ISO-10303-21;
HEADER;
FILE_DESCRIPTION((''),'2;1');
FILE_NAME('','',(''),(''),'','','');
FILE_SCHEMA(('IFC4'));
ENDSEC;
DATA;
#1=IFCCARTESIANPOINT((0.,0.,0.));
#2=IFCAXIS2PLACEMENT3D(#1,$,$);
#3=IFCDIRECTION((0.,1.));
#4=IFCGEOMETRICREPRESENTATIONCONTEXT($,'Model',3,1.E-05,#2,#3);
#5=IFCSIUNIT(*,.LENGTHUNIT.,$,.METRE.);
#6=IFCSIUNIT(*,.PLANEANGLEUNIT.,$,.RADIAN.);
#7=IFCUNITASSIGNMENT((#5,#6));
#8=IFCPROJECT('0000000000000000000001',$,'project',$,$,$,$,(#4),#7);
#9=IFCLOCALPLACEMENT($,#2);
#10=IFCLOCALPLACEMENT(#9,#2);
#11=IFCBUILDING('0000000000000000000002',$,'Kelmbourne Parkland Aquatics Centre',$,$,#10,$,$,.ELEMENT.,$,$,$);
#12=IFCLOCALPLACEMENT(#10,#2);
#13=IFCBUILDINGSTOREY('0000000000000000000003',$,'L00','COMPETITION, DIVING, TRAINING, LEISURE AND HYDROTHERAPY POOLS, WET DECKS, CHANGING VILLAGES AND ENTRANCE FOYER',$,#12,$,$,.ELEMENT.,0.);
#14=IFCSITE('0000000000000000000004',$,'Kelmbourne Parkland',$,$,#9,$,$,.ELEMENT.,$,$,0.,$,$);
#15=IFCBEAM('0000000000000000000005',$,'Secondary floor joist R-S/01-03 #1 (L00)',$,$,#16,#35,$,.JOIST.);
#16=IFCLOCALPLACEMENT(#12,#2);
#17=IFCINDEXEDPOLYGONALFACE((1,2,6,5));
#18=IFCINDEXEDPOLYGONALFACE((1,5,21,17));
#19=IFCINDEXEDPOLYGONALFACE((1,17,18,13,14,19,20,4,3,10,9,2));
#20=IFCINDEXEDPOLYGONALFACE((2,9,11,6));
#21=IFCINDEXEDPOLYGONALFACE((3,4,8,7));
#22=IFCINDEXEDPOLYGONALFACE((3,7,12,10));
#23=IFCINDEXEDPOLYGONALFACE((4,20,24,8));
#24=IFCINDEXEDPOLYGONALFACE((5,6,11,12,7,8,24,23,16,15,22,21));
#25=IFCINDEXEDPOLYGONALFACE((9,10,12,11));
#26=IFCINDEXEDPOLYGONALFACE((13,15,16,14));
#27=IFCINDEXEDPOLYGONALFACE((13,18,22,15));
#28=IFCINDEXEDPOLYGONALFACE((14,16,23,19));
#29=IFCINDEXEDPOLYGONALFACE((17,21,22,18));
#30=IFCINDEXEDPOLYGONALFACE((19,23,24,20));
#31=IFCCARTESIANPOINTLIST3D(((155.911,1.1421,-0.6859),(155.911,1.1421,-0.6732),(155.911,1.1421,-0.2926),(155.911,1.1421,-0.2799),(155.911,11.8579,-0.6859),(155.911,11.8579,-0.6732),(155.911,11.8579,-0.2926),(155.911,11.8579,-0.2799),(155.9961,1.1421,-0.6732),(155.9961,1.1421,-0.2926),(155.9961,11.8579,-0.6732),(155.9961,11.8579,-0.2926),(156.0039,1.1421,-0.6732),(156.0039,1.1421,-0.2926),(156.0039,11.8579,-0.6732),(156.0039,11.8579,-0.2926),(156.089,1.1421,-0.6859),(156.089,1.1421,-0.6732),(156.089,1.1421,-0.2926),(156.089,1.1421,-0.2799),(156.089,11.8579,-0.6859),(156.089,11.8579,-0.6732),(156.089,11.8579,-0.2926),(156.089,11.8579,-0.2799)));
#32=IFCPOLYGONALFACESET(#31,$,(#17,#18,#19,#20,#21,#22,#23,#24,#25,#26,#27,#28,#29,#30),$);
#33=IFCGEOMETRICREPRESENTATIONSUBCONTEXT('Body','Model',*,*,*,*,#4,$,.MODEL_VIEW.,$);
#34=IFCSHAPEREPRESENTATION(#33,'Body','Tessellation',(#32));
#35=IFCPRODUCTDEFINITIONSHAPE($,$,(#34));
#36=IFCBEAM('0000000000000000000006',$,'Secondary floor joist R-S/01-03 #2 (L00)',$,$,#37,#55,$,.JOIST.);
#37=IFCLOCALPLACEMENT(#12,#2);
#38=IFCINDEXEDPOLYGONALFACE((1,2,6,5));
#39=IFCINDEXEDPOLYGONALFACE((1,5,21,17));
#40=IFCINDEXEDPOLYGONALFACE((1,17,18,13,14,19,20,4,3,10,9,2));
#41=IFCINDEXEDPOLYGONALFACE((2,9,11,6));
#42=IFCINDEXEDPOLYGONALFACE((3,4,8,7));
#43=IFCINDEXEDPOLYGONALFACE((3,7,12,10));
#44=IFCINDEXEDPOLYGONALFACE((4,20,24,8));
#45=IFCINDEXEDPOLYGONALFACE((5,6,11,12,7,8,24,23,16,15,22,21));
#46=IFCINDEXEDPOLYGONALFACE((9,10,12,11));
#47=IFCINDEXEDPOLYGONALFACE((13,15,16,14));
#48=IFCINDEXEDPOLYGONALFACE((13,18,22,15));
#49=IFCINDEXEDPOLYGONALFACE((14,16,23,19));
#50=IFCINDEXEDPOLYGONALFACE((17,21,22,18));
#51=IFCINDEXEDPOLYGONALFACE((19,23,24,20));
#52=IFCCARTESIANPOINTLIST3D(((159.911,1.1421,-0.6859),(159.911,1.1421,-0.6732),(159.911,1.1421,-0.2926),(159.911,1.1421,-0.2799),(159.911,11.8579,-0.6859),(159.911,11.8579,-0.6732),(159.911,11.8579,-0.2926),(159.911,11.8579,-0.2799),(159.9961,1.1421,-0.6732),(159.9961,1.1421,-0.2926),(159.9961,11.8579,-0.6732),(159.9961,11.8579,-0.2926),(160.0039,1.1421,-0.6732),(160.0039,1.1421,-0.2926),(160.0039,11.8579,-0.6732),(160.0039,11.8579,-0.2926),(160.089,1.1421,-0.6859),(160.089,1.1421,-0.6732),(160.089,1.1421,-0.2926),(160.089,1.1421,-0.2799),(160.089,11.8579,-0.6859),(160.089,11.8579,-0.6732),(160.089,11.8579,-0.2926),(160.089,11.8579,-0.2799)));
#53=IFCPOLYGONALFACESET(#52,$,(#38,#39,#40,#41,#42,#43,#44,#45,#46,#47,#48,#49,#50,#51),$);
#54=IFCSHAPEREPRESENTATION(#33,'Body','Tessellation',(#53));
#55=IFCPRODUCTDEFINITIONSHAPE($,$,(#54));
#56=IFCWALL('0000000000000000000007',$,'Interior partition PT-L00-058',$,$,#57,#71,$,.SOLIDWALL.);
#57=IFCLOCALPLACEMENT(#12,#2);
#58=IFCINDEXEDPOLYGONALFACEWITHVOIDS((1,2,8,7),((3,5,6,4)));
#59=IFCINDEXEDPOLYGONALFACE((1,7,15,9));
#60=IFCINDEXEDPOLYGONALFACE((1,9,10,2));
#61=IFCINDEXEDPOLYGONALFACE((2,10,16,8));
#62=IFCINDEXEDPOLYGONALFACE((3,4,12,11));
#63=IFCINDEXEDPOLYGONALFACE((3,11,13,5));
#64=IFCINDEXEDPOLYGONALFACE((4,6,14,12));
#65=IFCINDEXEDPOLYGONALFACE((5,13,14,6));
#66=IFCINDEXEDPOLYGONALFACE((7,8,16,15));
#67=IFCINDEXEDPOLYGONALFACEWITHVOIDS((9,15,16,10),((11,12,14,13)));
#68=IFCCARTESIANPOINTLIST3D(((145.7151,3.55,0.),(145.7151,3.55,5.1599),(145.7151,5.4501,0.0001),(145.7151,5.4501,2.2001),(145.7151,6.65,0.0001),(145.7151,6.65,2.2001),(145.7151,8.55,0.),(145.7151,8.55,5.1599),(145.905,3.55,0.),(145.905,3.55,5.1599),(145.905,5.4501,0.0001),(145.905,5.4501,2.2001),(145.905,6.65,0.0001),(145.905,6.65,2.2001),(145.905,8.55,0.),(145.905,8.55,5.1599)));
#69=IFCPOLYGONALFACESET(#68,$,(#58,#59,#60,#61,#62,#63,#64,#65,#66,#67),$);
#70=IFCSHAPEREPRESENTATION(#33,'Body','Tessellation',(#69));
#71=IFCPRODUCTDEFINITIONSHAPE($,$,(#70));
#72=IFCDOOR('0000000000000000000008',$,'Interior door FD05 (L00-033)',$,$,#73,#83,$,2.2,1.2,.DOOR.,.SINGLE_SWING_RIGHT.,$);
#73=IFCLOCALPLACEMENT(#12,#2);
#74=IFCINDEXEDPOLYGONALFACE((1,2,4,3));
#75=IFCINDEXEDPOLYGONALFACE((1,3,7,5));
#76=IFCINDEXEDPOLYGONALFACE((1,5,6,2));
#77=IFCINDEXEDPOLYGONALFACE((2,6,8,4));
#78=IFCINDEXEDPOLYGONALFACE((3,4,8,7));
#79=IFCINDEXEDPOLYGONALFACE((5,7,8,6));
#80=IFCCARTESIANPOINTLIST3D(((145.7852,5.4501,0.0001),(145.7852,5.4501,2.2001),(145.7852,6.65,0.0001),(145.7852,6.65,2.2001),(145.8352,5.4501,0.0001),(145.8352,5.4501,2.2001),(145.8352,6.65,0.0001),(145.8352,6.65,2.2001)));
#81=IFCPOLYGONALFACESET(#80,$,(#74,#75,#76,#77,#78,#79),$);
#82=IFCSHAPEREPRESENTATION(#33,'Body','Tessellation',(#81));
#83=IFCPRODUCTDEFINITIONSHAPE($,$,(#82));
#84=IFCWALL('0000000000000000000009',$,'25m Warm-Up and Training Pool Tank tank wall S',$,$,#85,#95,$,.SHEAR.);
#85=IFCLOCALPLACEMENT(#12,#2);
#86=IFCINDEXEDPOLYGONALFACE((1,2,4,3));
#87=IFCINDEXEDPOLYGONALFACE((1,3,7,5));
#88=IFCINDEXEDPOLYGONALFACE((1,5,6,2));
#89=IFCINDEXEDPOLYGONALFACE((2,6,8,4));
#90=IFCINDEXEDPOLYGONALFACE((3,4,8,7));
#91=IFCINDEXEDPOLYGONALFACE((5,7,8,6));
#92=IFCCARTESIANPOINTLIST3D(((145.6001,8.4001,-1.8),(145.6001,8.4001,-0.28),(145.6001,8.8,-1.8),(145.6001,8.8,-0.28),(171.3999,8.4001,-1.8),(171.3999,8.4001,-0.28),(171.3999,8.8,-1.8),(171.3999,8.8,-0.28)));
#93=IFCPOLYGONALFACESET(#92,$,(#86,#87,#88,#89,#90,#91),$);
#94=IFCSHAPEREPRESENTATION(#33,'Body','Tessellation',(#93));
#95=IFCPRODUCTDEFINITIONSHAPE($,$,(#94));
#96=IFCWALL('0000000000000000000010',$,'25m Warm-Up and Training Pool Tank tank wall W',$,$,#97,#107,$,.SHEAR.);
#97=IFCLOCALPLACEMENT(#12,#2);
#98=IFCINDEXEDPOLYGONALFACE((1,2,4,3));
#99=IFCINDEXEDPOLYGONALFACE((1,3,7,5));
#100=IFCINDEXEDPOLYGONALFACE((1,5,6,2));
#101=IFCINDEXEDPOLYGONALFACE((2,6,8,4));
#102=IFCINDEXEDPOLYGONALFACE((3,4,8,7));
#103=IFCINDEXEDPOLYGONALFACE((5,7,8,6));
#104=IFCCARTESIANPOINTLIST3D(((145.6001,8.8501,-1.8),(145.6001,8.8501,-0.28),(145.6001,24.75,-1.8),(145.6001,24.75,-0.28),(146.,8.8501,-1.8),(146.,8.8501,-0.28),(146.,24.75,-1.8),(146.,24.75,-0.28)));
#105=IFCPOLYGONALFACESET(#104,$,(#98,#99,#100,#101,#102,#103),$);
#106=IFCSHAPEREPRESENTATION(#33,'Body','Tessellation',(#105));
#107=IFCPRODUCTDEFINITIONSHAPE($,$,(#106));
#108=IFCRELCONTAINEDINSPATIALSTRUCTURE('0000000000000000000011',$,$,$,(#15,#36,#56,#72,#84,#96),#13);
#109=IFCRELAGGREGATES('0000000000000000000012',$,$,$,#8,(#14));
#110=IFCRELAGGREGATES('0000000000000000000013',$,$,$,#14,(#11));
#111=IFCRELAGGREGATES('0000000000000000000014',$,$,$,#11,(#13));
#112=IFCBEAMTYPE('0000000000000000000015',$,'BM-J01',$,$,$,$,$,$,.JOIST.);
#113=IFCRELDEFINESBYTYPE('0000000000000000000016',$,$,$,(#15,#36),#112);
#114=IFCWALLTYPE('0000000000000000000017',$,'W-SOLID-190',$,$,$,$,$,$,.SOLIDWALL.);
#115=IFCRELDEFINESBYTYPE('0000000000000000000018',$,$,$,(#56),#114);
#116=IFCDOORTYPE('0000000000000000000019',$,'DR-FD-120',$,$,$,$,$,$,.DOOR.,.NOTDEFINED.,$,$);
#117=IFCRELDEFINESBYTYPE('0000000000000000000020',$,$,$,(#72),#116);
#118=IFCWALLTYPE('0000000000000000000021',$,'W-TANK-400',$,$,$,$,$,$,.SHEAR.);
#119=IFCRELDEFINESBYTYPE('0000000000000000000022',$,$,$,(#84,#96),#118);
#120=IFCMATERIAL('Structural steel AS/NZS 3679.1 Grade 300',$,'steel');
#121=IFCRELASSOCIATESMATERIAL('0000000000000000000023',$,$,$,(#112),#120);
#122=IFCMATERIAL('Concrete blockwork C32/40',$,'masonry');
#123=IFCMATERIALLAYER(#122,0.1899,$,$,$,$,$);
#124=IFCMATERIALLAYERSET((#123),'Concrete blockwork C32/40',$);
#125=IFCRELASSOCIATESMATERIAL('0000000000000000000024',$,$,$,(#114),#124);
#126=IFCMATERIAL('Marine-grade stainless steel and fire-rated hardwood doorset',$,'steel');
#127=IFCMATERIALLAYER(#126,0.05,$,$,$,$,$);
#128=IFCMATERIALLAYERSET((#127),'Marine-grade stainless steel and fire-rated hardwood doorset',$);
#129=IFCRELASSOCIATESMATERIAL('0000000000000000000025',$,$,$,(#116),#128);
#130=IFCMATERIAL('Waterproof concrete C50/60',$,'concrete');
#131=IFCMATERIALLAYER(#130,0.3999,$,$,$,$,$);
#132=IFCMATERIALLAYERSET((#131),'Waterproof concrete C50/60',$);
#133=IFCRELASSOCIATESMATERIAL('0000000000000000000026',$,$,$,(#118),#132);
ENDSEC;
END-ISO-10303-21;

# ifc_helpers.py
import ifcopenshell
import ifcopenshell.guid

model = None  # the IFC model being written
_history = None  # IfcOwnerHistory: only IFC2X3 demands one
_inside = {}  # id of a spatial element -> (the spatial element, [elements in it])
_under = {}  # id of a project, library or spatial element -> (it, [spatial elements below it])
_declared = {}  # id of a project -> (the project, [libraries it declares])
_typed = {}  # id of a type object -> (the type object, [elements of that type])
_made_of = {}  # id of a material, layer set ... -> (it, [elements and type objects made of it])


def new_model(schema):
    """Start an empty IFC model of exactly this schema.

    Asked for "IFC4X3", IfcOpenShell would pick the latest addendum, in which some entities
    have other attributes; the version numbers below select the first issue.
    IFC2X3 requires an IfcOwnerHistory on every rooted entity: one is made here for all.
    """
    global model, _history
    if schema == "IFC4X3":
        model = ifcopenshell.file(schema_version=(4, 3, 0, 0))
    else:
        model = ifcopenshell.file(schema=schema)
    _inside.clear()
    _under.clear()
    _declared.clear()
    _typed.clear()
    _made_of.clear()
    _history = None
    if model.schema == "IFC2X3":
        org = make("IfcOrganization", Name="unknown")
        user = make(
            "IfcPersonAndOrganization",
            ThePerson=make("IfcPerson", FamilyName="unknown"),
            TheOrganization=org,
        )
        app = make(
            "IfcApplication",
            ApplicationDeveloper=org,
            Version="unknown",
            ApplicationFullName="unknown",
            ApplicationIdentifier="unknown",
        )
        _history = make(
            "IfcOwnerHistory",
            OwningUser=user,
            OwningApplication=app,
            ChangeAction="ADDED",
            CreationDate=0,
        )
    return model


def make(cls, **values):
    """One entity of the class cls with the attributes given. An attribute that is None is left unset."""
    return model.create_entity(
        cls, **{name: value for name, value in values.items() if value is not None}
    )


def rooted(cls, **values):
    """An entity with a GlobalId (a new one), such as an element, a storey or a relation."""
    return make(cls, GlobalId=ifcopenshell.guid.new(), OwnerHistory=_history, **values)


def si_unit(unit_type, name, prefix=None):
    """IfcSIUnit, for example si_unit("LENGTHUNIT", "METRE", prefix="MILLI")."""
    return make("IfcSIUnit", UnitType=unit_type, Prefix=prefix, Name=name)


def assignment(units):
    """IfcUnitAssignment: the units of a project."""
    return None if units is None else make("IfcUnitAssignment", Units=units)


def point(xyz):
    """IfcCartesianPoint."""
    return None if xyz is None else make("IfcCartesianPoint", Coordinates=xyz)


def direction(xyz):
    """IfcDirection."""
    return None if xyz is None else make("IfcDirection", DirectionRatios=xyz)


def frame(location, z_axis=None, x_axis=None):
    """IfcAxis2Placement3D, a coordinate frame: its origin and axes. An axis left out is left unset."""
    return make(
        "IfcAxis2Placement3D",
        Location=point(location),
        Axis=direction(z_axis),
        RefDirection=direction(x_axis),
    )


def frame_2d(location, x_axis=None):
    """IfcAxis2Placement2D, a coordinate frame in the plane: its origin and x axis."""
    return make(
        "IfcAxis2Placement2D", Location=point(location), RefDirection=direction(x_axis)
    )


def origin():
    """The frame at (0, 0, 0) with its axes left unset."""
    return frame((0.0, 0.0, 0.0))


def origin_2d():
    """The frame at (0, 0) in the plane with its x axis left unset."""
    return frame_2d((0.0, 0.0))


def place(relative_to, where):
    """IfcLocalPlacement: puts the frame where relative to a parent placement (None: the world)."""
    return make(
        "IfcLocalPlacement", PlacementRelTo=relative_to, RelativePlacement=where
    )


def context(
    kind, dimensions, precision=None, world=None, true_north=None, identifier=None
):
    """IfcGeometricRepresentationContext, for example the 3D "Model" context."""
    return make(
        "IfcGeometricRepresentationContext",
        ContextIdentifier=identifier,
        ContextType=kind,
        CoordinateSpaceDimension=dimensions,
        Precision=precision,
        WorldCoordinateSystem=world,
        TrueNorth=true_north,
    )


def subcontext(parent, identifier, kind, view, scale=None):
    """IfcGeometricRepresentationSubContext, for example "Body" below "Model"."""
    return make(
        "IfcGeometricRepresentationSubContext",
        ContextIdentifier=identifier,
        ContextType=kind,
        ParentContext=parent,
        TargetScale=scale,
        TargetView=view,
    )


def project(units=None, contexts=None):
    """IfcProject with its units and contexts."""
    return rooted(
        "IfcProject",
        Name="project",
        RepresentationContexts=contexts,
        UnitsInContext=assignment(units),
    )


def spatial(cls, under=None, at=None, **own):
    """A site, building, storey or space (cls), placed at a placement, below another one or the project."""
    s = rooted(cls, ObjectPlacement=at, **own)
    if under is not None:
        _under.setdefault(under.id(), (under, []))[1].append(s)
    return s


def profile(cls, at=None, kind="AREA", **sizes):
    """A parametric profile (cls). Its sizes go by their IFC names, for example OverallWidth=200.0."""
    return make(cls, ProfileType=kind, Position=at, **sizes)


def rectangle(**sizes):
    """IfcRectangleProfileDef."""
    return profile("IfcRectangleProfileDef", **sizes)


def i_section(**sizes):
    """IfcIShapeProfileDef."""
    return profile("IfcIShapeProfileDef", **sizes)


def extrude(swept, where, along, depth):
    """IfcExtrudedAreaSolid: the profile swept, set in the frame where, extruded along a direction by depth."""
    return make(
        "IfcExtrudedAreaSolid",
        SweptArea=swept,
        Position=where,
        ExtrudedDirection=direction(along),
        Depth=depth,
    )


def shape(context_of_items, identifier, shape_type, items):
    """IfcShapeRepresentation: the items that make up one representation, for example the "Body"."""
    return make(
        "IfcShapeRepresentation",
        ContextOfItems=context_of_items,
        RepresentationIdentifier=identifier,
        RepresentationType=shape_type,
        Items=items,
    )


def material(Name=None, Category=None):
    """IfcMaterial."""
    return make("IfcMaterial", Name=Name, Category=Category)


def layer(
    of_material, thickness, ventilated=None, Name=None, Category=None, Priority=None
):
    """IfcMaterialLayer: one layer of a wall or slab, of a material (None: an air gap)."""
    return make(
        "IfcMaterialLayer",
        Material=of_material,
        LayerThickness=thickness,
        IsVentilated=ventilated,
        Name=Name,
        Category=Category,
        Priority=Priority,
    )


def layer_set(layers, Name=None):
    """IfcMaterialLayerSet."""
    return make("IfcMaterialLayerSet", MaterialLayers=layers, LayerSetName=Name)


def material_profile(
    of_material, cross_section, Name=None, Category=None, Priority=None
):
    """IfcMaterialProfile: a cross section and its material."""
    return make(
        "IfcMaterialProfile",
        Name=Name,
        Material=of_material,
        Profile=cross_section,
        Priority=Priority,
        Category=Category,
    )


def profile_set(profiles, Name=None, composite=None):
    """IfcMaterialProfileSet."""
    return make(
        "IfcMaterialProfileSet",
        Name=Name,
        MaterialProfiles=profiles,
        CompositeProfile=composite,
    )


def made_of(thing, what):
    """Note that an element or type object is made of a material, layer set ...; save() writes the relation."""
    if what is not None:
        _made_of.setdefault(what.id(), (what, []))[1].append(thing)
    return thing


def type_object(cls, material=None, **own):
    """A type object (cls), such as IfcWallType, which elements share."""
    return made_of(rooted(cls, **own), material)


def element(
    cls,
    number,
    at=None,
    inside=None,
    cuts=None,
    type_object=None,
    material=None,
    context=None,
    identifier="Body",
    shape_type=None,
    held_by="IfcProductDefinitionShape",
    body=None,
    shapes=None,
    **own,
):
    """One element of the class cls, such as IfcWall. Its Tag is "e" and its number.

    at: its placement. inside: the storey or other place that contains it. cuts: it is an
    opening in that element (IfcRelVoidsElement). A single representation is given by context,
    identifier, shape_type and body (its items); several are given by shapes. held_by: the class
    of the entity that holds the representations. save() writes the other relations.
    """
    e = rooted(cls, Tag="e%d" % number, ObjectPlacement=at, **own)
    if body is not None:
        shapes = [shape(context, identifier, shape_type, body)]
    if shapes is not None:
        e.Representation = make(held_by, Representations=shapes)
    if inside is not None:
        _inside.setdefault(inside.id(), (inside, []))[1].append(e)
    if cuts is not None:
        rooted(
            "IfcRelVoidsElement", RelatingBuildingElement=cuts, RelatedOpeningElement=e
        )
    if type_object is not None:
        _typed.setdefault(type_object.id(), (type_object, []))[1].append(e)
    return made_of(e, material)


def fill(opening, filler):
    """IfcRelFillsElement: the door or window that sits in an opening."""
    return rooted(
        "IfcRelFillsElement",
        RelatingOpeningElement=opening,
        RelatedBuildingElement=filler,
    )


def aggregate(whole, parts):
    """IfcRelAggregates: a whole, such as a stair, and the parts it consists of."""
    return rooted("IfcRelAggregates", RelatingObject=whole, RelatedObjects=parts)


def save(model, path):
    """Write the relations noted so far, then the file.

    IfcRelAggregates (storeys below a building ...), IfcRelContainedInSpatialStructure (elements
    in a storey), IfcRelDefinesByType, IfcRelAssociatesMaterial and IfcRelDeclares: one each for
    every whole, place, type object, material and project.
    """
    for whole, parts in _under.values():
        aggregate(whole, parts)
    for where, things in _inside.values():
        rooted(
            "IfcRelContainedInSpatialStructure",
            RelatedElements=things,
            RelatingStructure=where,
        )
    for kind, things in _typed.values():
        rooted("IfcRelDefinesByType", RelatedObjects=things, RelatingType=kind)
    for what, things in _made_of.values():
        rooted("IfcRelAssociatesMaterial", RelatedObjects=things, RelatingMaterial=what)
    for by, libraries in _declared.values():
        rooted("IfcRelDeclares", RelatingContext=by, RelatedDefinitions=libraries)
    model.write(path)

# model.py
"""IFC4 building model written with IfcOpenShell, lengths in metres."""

from ifc_helpers import new_model, si_unit, direction, frame, frame_2d, origin, origin_2d, place, context, subcontext, project, spatial, rectangle, i_section, extrude, material, layer, layer_set, material_profile, profile_set, type_object, element, fill, save


model = new_model("IFC4")

# Units and contexts
model_context = context("Model", 3, precision=1e-05, world=origin(), true_north=direction((0.0, 1.0)))
body_context = subcontext(model_context, "Body", "Model", "MODEL_VIEW")
ifc_project = project(units=[si_unit("LENGTHUNIT", "METRE"), si_unit("PLANEANGLEUNIT", "RADIAN")], contexts=[model_context])

# Site, building, storey
site_placement = place(None, origin())
site = spatial("IfcSite", under=ifc_project, at=site_placement, Name="Kelmbourne Parkland", CompositionType="ELEMENT", RefElevation=0.0)
building_placement = place(site_placement, origin())
building = spatial("IfcBuilding", under=site, at=building_placement, Name="Kelmbourne Parkland Aquatics Centre", CompositionType="ELEMENT")
storey_placement = place(building_placement, origin())
storey = spatial("IfcBuildingStorey", under=building, at=storey_placement, Name="L00", Description="COMPETITION, DIVING, TRAINING, LEISURE AND HYDROTHERAPY POOLS, WET DECKS, CHANGING VILLAGES AND ENTRANCE FOYER", CompositionType="ELEMENT", Elevation=0.0)

# Beams
ifc_material_1 = material(Name="Structural steel AS/NZS 3679.1 Grade 300", Category="steel")
ifc_material_profile_1 = material_profile(ifc_material_1, i_section(OverallWidth=0.178, OverallDepth=0.406, WebThickness=0.0078, FlangeThickness=0.0127, at=origin_2d()), Name="410UB59.7")
ifc_profile_set_1 = profile_set([ifc_material_profile_1], Name="Structural steel AS/NZS 3679.1 Grade 300")
beam_type_1 = type_object("IfcBeamType", Name="BM-J01", PredefinedType="JOIST", material=ifc_profile_set_1)
for number, where, z_axis, x_axis, name in (
    (1, (156.0, 1.1421, -0.4829), (0.0, 1.0, 0.0), (-1.0, 0.0, 0.0), "Secondary floor joist R-S/01-03 #1 (L00)"),
    (2, (160.0, 1.1421, -0.4829), (0.0, 1.0, 0.0), (-1.0, 0.0, 0.0), "Secondary floor joist R-S/01-03 #2 (L00)"),
):
    element("IfcBeam", number, at=place(storey_placement, frame(where, z_axis=z_axis, x_axis=x_axis)), inside=storey, type_object=beam_type_1, Name=name, PredefinedType="JOIST", context=body_context, shape_type="SweptSolid", body=[
        extrude(i_section(OverallWidth=0.178, OverallDepth=0.406, WebThickness=0.0078, FlangeThickness=0.0127, at=origin_2d()), origin(), (0.0, 0.0, 1.0), 10.7158),
    ])

# Wall, opening, door
ifc_material_2 = material(Name="Concrete blockwork C32/40", Category="masonry")
ifc_layer_1 = layer(ifc_material_2, 0.1899)
ifc_layer_set_1 = layer_set([ifc_layer_1], Name="Concrete blockwork C32/40")
wall_type_1 = type_object("IfcWallType", Name="W-SOLID-190", PredefinedType="SOLIDWALL", material=ifc_layer_set_1)
wall_1_placement = place(storey_placement, frame((145.8101, 3.55, 0.0), z_axis=(0.0, 0.0, 1.0), x_axis=(0.0, 1.0, 0.0)))
wall_1 = element("IfcWall", 3, at=wall_1_placement, inside=storey, type_object=wall_type_1, Name="Interior partition PT-L00-058", PredefinedType="SOLIDWALL", context=body_context, shape_type="SweptSolid", body=[
    extrude(rectangle(XDim=5.0, YDim=0.1899, at=frame_2d((2.5, 0.0))), origin(), (0.0, 0.0, 1.0), 5.1599),
])
opening_1_placement = place(wall_1_placement, frame((1.8999, 0.0, 0.0)))
opening_1 = element("IfcOpeningElement", 4, at=opening_1_placement, cuts=wall_1, PredefinedType="OPENING", context=body_context, shape_type="SweptSolid", body=[
    extrude(rectangle(XDim=1.2, YDim=2.2, at=frame_2d((0.6001, 1.1001))), frame((0.0, 0.1069, 0.0), z_axis=(0.0, -1.0, 0.0), x_axis=(1.0, 0.0, 0.0)), (0.0, 0.0, 1.0), 0.2139),
])
ifc_material_3 = material(Name="Marine-grade stainless steel and fire-rated hardwood doorset", Category="steel")
ifc_layer_2 = layer(ifc_material_3, 0.05)
ifc_layer_set_2 = layer_set([ifc_layer_2], Name="Marine-grade stainless steel and fire-rated hardwood doorset")
door_type_1 = type_object("IfcDoorType", Name="DR-FD-120", OperationType="NOTDEFINED", PredefinedType="DOOR", material=ifc_layer_set_2)
door_1_placement = place(opening_1_placement, origin())
door_1 = element("IfcDoor", 5, at=door_1_placement, inside=storey, type_object=door_type_1, Name="Interior door FD05 (L00-033)", OperationType="SINGLE_SWING_RIGHT", OverallHeight=2.2, OverallWidth=1.2, PredefinedType="DOOR", context=body_context, shape_type="SweptSolid", body=[
    extrude(rectangle(XDim=1.2, YDim=2.2, at=frame_2d((0.6001, 1.1001))), frame((0.0, 0.0249, 0.0), z_axis=(0.0, -1.0, 0.0), x_axis=(1.0, 0.0, 0.0)), (0.0, 0.0, 1.0), 0.05),
])
fill(opening_1, door_1)

# Walls
ifc_material_4 = material(Name="Waterproof concrete C50/60", Category="concrete")
ifc_layer_3 = layer(ifc_material_4, 0.3999)
ifc_layer_set_3 = layer_set([ifc_layer_3], Name="Waterproof concrete C50/60")
wall_type_2 = type_object("IfcWallType", Name="W-TANK-400", PredefinedType="SHEAR", material=ifc_layer_set_3)
wall_2_placement = place(storey_placement, frame((145.6001, 8.6001, -1.8), z_axis=(0.0, 0.0, 1.0), x_axis=(1.0, 0.0, 0.0)))
element("IfcWall", 6, at=wall_2_placement, inside=storey, type_object=wall_type_2, Name="25m Warm-Up and Training Pool Tank tank wall S", PredefinedType="SHEAR", context=body_context, shape_type="SweptSolid", body=[
    extrude(rectangle(XDim=25.7998, YDim=0.3999, at=frame_2d((12.8999, 0.0))), origin(), (0.0, 0.0, 1.0), 1.52),
])
wall_3_placement = place(storey_placement, frame((145.8, 8.8501, -1.8), z_axis=(0.0, 0.0, 1.0), x_axis=(0.0, 1.0, 0.0)))
element("IfcWall", 7, at=wall_3_placement, inside=storey, type_object=wall_type_2, Name="25m Warm-Up and Training Pool Tank tank wall W", PredefinedType="SHEAR", context=body_context, shape_type="SweptSolid", body=[
    extrude(rectangle(XDim=15.8999, YDim=0.3999, at=frame_2d((7.95, 0.0))), origin(), (0.0, 0.0, 1.0), 1.52),
])

save(model, "model.ifc")
